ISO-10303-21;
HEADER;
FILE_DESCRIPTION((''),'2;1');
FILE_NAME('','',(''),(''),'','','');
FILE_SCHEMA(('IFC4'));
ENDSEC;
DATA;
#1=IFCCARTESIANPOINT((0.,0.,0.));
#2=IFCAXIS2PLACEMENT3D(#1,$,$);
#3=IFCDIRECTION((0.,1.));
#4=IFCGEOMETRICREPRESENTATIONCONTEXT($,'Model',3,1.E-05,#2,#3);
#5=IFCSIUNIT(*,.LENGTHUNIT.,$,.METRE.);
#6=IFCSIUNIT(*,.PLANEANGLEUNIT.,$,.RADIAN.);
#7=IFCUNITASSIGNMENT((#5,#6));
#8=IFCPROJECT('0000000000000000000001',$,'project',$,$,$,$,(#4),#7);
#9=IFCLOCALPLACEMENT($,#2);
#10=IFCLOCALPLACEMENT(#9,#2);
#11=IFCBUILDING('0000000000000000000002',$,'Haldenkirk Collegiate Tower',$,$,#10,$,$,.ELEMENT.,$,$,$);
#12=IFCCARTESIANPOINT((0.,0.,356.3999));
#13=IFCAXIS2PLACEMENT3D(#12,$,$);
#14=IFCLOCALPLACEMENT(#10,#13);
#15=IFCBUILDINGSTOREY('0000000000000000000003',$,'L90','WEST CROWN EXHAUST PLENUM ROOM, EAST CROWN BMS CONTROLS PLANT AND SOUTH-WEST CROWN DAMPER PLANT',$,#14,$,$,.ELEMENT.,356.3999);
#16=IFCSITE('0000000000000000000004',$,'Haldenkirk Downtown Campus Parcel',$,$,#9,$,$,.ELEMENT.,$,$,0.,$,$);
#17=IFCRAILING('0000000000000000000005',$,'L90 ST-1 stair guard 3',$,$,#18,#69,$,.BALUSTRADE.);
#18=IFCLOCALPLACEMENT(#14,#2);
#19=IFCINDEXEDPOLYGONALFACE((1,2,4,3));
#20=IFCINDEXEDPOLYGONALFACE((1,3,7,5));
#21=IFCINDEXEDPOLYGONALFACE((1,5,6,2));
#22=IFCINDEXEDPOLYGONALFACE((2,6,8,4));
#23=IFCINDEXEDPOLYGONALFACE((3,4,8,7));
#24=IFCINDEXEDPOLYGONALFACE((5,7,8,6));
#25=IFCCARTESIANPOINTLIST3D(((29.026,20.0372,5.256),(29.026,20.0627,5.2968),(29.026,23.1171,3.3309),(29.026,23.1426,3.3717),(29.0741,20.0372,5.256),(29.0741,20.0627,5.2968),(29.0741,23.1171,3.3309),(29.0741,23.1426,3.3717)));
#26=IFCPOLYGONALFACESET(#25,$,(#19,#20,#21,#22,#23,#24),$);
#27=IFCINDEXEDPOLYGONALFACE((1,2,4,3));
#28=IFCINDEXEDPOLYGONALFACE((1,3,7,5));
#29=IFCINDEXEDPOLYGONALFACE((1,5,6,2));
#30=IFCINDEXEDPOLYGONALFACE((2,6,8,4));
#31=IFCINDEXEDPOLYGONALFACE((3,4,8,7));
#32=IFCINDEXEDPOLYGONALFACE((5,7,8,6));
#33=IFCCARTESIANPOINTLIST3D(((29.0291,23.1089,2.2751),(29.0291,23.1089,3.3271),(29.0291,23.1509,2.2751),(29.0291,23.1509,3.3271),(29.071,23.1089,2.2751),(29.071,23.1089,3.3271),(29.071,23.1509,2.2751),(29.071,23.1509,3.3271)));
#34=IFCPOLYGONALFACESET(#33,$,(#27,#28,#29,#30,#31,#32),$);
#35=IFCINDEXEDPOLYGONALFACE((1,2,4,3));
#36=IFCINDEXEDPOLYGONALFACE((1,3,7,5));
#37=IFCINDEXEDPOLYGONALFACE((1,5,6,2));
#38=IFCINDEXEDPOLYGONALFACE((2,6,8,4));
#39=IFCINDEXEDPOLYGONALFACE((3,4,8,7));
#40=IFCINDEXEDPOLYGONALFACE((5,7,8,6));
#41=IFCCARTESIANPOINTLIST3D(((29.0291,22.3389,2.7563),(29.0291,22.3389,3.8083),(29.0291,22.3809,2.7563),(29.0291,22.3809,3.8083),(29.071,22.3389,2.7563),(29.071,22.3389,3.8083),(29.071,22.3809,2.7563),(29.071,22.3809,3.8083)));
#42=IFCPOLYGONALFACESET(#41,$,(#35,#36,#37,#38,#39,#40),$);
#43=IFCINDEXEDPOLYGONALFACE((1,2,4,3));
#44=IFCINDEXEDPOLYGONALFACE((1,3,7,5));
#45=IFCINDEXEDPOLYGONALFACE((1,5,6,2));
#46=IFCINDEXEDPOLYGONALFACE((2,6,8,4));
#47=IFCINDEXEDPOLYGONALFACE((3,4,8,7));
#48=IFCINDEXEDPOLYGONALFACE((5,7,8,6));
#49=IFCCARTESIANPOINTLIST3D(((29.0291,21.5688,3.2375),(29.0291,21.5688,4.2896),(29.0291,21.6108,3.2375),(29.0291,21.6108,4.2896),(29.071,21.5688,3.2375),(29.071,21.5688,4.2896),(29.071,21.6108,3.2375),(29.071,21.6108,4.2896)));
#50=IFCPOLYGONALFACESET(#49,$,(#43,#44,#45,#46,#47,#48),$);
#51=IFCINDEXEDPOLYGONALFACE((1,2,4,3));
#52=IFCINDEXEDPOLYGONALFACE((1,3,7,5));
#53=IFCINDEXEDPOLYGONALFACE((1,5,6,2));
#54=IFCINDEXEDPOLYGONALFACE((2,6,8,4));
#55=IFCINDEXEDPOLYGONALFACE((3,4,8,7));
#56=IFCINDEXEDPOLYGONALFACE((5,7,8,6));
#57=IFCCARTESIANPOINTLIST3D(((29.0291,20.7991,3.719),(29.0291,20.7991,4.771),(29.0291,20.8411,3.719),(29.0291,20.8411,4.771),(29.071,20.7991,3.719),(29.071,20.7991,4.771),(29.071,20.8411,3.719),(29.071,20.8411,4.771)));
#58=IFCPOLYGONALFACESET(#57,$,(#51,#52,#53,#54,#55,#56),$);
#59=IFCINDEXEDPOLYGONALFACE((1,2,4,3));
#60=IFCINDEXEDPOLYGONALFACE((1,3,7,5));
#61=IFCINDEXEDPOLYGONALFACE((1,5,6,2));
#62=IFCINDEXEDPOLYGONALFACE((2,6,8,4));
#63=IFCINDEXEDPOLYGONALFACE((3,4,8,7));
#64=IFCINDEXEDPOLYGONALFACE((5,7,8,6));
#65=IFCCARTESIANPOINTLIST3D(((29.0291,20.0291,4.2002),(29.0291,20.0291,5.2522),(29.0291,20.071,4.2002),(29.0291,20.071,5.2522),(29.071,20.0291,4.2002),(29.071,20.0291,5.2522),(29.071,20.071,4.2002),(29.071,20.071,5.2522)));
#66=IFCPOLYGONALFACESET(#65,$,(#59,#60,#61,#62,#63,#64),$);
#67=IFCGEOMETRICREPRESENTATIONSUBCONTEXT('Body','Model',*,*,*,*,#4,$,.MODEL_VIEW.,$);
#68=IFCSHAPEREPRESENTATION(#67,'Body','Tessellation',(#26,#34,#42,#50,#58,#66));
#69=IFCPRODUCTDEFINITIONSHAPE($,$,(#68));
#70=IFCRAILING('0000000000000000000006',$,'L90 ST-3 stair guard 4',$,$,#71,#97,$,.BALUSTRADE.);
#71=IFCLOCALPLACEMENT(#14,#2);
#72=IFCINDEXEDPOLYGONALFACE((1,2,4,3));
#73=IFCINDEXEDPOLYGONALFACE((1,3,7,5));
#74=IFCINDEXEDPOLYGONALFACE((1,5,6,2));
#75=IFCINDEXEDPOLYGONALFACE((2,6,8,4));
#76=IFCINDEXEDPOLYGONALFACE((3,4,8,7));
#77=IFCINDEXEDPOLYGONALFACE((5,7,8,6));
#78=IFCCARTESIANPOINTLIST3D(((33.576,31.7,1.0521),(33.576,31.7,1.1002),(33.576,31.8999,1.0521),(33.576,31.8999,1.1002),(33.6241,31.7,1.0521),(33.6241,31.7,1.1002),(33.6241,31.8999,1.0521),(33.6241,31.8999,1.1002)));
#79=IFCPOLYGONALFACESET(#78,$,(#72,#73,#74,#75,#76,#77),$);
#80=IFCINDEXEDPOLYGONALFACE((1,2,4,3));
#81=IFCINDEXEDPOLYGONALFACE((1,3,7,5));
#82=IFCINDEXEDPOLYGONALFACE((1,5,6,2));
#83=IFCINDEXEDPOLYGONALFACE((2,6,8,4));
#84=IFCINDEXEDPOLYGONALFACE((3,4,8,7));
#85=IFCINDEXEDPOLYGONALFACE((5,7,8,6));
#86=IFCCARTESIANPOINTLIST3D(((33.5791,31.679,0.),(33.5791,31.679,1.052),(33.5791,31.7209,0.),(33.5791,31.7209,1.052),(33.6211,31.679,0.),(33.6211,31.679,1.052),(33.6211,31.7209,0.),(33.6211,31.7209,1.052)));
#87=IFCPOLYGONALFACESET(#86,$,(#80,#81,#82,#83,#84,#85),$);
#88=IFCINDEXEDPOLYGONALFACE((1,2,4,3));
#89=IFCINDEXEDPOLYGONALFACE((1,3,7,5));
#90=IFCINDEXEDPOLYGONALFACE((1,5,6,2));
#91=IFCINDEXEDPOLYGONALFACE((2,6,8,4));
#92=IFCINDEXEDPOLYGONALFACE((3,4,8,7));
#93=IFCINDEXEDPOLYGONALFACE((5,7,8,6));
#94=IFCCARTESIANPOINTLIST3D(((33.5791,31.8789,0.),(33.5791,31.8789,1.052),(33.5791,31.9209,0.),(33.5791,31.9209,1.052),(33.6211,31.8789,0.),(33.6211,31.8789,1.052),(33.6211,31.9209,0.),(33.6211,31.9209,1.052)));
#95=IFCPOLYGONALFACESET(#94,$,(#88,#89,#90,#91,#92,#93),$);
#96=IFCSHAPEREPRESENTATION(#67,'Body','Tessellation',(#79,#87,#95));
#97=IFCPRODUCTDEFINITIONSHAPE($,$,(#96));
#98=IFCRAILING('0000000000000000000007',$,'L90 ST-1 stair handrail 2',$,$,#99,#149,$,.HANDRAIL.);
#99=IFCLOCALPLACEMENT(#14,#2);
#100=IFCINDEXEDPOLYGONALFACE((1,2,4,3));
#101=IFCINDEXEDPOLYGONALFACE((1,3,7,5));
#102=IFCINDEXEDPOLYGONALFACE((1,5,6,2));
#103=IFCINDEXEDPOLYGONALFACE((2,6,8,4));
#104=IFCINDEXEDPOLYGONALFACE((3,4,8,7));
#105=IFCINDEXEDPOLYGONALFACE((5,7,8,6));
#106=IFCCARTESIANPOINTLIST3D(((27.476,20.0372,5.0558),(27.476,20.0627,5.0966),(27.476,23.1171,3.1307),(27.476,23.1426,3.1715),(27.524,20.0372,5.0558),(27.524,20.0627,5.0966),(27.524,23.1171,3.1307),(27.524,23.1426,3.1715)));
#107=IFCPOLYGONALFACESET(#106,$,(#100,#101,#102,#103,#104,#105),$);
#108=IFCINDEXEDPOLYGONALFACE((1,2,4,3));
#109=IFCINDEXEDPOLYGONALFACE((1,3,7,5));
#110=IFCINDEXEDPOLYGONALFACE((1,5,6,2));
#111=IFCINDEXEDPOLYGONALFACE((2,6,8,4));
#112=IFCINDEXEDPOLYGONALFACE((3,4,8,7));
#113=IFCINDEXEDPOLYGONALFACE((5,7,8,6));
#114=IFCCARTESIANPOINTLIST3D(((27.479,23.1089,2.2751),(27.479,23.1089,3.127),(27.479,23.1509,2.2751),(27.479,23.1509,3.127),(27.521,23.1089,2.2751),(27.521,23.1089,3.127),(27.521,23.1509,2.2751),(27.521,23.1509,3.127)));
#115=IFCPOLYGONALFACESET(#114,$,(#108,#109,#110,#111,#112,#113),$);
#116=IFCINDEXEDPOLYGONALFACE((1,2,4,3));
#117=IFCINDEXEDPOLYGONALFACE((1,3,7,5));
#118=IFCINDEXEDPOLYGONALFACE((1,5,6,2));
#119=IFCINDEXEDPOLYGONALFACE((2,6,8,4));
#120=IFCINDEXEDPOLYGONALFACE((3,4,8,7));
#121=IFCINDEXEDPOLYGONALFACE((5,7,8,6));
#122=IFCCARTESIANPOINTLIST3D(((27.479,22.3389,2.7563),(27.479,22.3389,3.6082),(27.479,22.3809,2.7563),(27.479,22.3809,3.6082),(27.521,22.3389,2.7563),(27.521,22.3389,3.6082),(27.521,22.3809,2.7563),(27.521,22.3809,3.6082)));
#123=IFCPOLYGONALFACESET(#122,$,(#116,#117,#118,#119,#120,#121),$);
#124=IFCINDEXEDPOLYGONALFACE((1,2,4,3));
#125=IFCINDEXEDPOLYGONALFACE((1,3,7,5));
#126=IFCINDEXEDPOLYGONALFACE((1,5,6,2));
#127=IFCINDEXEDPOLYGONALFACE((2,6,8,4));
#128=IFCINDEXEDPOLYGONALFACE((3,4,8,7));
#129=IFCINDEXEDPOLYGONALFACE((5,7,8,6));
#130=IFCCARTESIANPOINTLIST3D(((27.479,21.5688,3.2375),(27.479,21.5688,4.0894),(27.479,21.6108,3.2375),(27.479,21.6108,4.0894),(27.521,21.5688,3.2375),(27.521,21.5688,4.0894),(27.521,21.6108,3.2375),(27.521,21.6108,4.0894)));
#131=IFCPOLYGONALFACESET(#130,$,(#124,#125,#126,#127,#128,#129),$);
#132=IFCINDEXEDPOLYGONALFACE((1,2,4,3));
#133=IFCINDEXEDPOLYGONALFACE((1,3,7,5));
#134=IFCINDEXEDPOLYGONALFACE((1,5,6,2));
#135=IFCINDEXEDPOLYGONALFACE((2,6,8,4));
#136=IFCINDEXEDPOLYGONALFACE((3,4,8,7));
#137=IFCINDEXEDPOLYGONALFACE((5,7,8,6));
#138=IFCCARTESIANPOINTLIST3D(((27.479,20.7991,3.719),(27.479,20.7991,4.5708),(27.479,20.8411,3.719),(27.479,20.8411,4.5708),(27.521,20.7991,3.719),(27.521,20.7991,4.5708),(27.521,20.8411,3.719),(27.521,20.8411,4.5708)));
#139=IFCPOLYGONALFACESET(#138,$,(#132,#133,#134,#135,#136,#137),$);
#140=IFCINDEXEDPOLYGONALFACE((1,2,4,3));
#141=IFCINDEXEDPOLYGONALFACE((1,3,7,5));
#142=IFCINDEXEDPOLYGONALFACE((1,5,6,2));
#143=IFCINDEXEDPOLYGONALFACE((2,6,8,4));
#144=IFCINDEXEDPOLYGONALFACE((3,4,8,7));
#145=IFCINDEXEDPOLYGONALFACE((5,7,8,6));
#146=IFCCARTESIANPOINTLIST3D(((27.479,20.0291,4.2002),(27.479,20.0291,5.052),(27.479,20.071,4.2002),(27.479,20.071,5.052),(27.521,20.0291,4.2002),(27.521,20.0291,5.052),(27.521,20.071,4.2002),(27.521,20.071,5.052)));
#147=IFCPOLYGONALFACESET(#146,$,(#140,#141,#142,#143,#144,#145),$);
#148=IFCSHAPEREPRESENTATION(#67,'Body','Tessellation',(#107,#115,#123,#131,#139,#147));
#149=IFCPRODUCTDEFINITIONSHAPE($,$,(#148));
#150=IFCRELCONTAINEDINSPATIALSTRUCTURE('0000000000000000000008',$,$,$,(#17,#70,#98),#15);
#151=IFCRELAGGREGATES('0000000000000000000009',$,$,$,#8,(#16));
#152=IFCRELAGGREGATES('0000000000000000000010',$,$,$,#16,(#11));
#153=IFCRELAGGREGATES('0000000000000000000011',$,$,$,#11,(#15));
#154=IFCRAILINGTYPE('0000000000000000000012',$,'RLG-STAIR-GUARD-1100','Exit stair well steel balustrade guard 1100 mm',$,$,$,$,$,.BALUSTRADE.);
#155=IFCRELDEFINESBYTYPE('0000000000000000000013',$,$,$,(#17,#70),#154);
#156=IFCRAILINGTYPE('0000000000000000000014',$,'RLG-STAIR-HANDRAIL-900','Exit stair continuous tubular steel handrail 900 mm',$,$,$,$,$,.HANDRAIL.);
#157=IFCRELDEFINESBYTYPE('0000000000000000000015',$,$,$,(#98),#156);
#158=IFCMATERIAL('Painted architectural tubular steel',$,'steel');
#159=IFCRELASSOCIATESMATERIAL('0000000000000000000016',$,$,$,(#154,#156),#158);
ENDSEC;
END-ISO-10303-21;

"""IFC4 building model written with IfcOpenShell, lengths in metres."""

from ifc_helpers import new_model, si_unit, direction, frame, origin, origin_2d, place, context, subcontext, project, spatial, rectangle, extrude, material, type_object, element, save


model = new_model("IFC4")

# Units and contexts
model_context = context("Model", 3, precision=1e-05, world=origin(), true_north=direction((0.0, 1.0)))
body_context = subcontext(model_context, "Body", "Model", "MODEL_VIEW")
ifc_project = project(units=[si_unit("LENGTHUNIT", "METRE"), si_unit("PLANEANGLEUNIT", "RADIAN")], contexts=[model_context])

# Site, building, storey
site_placement = place(None, origin())
site = spatial("IfcSite", under=ifc_project, at=site_placement, Name="Haldenkirk Downtown Campus Parcel", CompositionType="ELEMENT", RefElevation=0.0)
building_placement = place(site_placement, origin())
building = spatial("IfcBuilding", under=site, at=building_placement, Name="Haldenkirk Collegiate Tower", CompositionType="ELEMENT")
storey_placement = place(building_placement, frame((0.0, 0.0, 356.3999)))
storey = spatial("IfcBuildingStorey", under=building, at=storey_placement, Name="L90", Description="WEST CROWN EXHAUST PLENUM ROOM, EAST CROWN BMS CONTROLS PLANT AND SOUTH-WEST CROWN DAMPER PLANT", CompositionType="ELEMENT", Elevation=356.3999)

# Railings
ifc_material_1 = material(Name="Painted architectural tubular steel", Category="steel")
railing_type_1 = type_object("IfcRailingType", Name="RLG-STAIR-GUARD-1100", Description="Exit stair well steel balustrade guard 1100 mm", PredefinedType="BALUSTRADE", material=ifc_material_1)
railing_1_placement = place(storey_placement, frame((29.05, 23.1299, 2.2751)))
element("IfcRailing", 1, at=railing_1_placement, inside=storey, type_object=railing_type_1, Name="L90 ST-1 stair guard 3", PredefinedType="BALUSTRADE", context=body_context, shape_type="SweptSolid", body=[
    extrude(rectangle(XDim=0.0481, YDim=0.0481, at=origin_2d()), frame((0.0, 0.0, 1.0762), z_axis=(0.0, -0.847979, 0.530029), x_axis=(1.0, 0.0, 0.0)), (0.0, 0.0, 1.0), 3.6321),
    extrude(rectangle(XDim=0.042, YDim=0.042, at=origin_2d()), origin(), (0.0, 0.0, 1.0), 1.052),
    extrude(rectangle(XDim=0.042, YDim=0.042, at=origin_2d()), frame((0.0, -0.77, 0.4812)), (0.0, 0.0, 1.0), 1.052),
    extrude(rectangle(XDim=0.042, YDim=0.042, at=origin_2d()), frame((0.0, -1.54, 0.9624)), (0.0, 0.0, 1.0), 1.052),
    extrude(rectangle(XDim=0.042, YDim=0.042, at=origin_2d()), frame((0.0, -2.3098, 1.4438)), (0.0, 0.0, 1.0), 1.052),
    extrude(rectangle(XDim=0.042, YDim=0.042, at=origin_2d()), frame((0.0, -3.0798, 1.925)), (0.0, 0.0, 1.0), 1.052),
])
railing_2_placement = place(storey_placement, frame((33.6001, 31.7, 0.0)))
element("IfcRailing", 2, at=railing_2_placement, inside=storey, type_object=railing_type_1, Name="L90 ST-3 stair guard 4", PredefinedType="BALUSTRADE", context=body_context, shape_type="SweptSolid", body=[
    extrude(rectangle(XDim=0.0481, YDim=0.0481, at=origin_2d()), frame((0.0, 0.0, 1.0762), z_axis=(0.0, 1.0, 0.0), x_axis=(-1.0, 0.0, 0.0)), (0.0, 0.0, 1.0), 0.2),
    extrude(rectangle(XDim=0.042, YDim=0.042, at=origin_2d()), origin(), (0.0, 0.0, 1.0), 1.052),
    extrude(rectangle(XDim=0.042, YDim=0.042, at=origin_2d()), frame((0.0, 0.2, 0.0)), (0.0, 0.0, 1.0), 1.052),
])
railing_type_2 = type_object("IfcRailingType", Name="RLG-STAIR-HANDRAIL-900", Description="Exit stair continuous tubular steel handrail 900 mm", PredefinedType="HANDRAIL", material=ifc_material_1)
railing_3_placement = place(storey_placement, frame((27.5, 23.1299, 2.2751)))
element("IfcRailing", 3, at=railing_3_placement, inside=storey, type_object=railing_type_2, Name="L90 ST-1 stair handrail 2", PredefinedType="HANDRAIL", context=body_context, shape_type="SweptSolid", body=[
    extrude(rectangle(XDim=0.0481, YDim=0.0481, at=origin_2d()), frame((0.0, 0.0, 0.876), z_axis=(0.0, -0.847979, 0.530029), x_axis=(1.0, 0.0, 0.0)), (0.0, 0.0, 1.0), 3.6321),
    extrude(rectangle(XDim=0.042, YDim=0.042, at=origin_2d()), origin(), (0.0, 0.0, 1.0), 0.8518),
    extrude(rectangle(XDim=0.042, YDim=0.042, at=origin_2d()), frame((0.0, -0.77, 0.4812)), (0.0, 0.0, 1.0), 0.8518),
    extrude(rectangle(XDim=0.042, YDim=0.042, at=origin_2d()), frame((0.0, -1.54, 0.9624)), (0.0, 0.0, 1.0), 0.8518),
    extrude(rectangle(XDim=0.042, YDim=0.042, at=origin_2d()), frame((0.0, -2.3098, 1.4438)), (0.0, 0.0, 1.0), 0.8518),
    extrude(rectangle(XDim=0.042, YDim=0.042, at=origin_2d()), frame((0.0, -3.0798, 1.925)), (0.0, 0.0, 1.0), 0.8518),
])

save(model, "model.ifc")
